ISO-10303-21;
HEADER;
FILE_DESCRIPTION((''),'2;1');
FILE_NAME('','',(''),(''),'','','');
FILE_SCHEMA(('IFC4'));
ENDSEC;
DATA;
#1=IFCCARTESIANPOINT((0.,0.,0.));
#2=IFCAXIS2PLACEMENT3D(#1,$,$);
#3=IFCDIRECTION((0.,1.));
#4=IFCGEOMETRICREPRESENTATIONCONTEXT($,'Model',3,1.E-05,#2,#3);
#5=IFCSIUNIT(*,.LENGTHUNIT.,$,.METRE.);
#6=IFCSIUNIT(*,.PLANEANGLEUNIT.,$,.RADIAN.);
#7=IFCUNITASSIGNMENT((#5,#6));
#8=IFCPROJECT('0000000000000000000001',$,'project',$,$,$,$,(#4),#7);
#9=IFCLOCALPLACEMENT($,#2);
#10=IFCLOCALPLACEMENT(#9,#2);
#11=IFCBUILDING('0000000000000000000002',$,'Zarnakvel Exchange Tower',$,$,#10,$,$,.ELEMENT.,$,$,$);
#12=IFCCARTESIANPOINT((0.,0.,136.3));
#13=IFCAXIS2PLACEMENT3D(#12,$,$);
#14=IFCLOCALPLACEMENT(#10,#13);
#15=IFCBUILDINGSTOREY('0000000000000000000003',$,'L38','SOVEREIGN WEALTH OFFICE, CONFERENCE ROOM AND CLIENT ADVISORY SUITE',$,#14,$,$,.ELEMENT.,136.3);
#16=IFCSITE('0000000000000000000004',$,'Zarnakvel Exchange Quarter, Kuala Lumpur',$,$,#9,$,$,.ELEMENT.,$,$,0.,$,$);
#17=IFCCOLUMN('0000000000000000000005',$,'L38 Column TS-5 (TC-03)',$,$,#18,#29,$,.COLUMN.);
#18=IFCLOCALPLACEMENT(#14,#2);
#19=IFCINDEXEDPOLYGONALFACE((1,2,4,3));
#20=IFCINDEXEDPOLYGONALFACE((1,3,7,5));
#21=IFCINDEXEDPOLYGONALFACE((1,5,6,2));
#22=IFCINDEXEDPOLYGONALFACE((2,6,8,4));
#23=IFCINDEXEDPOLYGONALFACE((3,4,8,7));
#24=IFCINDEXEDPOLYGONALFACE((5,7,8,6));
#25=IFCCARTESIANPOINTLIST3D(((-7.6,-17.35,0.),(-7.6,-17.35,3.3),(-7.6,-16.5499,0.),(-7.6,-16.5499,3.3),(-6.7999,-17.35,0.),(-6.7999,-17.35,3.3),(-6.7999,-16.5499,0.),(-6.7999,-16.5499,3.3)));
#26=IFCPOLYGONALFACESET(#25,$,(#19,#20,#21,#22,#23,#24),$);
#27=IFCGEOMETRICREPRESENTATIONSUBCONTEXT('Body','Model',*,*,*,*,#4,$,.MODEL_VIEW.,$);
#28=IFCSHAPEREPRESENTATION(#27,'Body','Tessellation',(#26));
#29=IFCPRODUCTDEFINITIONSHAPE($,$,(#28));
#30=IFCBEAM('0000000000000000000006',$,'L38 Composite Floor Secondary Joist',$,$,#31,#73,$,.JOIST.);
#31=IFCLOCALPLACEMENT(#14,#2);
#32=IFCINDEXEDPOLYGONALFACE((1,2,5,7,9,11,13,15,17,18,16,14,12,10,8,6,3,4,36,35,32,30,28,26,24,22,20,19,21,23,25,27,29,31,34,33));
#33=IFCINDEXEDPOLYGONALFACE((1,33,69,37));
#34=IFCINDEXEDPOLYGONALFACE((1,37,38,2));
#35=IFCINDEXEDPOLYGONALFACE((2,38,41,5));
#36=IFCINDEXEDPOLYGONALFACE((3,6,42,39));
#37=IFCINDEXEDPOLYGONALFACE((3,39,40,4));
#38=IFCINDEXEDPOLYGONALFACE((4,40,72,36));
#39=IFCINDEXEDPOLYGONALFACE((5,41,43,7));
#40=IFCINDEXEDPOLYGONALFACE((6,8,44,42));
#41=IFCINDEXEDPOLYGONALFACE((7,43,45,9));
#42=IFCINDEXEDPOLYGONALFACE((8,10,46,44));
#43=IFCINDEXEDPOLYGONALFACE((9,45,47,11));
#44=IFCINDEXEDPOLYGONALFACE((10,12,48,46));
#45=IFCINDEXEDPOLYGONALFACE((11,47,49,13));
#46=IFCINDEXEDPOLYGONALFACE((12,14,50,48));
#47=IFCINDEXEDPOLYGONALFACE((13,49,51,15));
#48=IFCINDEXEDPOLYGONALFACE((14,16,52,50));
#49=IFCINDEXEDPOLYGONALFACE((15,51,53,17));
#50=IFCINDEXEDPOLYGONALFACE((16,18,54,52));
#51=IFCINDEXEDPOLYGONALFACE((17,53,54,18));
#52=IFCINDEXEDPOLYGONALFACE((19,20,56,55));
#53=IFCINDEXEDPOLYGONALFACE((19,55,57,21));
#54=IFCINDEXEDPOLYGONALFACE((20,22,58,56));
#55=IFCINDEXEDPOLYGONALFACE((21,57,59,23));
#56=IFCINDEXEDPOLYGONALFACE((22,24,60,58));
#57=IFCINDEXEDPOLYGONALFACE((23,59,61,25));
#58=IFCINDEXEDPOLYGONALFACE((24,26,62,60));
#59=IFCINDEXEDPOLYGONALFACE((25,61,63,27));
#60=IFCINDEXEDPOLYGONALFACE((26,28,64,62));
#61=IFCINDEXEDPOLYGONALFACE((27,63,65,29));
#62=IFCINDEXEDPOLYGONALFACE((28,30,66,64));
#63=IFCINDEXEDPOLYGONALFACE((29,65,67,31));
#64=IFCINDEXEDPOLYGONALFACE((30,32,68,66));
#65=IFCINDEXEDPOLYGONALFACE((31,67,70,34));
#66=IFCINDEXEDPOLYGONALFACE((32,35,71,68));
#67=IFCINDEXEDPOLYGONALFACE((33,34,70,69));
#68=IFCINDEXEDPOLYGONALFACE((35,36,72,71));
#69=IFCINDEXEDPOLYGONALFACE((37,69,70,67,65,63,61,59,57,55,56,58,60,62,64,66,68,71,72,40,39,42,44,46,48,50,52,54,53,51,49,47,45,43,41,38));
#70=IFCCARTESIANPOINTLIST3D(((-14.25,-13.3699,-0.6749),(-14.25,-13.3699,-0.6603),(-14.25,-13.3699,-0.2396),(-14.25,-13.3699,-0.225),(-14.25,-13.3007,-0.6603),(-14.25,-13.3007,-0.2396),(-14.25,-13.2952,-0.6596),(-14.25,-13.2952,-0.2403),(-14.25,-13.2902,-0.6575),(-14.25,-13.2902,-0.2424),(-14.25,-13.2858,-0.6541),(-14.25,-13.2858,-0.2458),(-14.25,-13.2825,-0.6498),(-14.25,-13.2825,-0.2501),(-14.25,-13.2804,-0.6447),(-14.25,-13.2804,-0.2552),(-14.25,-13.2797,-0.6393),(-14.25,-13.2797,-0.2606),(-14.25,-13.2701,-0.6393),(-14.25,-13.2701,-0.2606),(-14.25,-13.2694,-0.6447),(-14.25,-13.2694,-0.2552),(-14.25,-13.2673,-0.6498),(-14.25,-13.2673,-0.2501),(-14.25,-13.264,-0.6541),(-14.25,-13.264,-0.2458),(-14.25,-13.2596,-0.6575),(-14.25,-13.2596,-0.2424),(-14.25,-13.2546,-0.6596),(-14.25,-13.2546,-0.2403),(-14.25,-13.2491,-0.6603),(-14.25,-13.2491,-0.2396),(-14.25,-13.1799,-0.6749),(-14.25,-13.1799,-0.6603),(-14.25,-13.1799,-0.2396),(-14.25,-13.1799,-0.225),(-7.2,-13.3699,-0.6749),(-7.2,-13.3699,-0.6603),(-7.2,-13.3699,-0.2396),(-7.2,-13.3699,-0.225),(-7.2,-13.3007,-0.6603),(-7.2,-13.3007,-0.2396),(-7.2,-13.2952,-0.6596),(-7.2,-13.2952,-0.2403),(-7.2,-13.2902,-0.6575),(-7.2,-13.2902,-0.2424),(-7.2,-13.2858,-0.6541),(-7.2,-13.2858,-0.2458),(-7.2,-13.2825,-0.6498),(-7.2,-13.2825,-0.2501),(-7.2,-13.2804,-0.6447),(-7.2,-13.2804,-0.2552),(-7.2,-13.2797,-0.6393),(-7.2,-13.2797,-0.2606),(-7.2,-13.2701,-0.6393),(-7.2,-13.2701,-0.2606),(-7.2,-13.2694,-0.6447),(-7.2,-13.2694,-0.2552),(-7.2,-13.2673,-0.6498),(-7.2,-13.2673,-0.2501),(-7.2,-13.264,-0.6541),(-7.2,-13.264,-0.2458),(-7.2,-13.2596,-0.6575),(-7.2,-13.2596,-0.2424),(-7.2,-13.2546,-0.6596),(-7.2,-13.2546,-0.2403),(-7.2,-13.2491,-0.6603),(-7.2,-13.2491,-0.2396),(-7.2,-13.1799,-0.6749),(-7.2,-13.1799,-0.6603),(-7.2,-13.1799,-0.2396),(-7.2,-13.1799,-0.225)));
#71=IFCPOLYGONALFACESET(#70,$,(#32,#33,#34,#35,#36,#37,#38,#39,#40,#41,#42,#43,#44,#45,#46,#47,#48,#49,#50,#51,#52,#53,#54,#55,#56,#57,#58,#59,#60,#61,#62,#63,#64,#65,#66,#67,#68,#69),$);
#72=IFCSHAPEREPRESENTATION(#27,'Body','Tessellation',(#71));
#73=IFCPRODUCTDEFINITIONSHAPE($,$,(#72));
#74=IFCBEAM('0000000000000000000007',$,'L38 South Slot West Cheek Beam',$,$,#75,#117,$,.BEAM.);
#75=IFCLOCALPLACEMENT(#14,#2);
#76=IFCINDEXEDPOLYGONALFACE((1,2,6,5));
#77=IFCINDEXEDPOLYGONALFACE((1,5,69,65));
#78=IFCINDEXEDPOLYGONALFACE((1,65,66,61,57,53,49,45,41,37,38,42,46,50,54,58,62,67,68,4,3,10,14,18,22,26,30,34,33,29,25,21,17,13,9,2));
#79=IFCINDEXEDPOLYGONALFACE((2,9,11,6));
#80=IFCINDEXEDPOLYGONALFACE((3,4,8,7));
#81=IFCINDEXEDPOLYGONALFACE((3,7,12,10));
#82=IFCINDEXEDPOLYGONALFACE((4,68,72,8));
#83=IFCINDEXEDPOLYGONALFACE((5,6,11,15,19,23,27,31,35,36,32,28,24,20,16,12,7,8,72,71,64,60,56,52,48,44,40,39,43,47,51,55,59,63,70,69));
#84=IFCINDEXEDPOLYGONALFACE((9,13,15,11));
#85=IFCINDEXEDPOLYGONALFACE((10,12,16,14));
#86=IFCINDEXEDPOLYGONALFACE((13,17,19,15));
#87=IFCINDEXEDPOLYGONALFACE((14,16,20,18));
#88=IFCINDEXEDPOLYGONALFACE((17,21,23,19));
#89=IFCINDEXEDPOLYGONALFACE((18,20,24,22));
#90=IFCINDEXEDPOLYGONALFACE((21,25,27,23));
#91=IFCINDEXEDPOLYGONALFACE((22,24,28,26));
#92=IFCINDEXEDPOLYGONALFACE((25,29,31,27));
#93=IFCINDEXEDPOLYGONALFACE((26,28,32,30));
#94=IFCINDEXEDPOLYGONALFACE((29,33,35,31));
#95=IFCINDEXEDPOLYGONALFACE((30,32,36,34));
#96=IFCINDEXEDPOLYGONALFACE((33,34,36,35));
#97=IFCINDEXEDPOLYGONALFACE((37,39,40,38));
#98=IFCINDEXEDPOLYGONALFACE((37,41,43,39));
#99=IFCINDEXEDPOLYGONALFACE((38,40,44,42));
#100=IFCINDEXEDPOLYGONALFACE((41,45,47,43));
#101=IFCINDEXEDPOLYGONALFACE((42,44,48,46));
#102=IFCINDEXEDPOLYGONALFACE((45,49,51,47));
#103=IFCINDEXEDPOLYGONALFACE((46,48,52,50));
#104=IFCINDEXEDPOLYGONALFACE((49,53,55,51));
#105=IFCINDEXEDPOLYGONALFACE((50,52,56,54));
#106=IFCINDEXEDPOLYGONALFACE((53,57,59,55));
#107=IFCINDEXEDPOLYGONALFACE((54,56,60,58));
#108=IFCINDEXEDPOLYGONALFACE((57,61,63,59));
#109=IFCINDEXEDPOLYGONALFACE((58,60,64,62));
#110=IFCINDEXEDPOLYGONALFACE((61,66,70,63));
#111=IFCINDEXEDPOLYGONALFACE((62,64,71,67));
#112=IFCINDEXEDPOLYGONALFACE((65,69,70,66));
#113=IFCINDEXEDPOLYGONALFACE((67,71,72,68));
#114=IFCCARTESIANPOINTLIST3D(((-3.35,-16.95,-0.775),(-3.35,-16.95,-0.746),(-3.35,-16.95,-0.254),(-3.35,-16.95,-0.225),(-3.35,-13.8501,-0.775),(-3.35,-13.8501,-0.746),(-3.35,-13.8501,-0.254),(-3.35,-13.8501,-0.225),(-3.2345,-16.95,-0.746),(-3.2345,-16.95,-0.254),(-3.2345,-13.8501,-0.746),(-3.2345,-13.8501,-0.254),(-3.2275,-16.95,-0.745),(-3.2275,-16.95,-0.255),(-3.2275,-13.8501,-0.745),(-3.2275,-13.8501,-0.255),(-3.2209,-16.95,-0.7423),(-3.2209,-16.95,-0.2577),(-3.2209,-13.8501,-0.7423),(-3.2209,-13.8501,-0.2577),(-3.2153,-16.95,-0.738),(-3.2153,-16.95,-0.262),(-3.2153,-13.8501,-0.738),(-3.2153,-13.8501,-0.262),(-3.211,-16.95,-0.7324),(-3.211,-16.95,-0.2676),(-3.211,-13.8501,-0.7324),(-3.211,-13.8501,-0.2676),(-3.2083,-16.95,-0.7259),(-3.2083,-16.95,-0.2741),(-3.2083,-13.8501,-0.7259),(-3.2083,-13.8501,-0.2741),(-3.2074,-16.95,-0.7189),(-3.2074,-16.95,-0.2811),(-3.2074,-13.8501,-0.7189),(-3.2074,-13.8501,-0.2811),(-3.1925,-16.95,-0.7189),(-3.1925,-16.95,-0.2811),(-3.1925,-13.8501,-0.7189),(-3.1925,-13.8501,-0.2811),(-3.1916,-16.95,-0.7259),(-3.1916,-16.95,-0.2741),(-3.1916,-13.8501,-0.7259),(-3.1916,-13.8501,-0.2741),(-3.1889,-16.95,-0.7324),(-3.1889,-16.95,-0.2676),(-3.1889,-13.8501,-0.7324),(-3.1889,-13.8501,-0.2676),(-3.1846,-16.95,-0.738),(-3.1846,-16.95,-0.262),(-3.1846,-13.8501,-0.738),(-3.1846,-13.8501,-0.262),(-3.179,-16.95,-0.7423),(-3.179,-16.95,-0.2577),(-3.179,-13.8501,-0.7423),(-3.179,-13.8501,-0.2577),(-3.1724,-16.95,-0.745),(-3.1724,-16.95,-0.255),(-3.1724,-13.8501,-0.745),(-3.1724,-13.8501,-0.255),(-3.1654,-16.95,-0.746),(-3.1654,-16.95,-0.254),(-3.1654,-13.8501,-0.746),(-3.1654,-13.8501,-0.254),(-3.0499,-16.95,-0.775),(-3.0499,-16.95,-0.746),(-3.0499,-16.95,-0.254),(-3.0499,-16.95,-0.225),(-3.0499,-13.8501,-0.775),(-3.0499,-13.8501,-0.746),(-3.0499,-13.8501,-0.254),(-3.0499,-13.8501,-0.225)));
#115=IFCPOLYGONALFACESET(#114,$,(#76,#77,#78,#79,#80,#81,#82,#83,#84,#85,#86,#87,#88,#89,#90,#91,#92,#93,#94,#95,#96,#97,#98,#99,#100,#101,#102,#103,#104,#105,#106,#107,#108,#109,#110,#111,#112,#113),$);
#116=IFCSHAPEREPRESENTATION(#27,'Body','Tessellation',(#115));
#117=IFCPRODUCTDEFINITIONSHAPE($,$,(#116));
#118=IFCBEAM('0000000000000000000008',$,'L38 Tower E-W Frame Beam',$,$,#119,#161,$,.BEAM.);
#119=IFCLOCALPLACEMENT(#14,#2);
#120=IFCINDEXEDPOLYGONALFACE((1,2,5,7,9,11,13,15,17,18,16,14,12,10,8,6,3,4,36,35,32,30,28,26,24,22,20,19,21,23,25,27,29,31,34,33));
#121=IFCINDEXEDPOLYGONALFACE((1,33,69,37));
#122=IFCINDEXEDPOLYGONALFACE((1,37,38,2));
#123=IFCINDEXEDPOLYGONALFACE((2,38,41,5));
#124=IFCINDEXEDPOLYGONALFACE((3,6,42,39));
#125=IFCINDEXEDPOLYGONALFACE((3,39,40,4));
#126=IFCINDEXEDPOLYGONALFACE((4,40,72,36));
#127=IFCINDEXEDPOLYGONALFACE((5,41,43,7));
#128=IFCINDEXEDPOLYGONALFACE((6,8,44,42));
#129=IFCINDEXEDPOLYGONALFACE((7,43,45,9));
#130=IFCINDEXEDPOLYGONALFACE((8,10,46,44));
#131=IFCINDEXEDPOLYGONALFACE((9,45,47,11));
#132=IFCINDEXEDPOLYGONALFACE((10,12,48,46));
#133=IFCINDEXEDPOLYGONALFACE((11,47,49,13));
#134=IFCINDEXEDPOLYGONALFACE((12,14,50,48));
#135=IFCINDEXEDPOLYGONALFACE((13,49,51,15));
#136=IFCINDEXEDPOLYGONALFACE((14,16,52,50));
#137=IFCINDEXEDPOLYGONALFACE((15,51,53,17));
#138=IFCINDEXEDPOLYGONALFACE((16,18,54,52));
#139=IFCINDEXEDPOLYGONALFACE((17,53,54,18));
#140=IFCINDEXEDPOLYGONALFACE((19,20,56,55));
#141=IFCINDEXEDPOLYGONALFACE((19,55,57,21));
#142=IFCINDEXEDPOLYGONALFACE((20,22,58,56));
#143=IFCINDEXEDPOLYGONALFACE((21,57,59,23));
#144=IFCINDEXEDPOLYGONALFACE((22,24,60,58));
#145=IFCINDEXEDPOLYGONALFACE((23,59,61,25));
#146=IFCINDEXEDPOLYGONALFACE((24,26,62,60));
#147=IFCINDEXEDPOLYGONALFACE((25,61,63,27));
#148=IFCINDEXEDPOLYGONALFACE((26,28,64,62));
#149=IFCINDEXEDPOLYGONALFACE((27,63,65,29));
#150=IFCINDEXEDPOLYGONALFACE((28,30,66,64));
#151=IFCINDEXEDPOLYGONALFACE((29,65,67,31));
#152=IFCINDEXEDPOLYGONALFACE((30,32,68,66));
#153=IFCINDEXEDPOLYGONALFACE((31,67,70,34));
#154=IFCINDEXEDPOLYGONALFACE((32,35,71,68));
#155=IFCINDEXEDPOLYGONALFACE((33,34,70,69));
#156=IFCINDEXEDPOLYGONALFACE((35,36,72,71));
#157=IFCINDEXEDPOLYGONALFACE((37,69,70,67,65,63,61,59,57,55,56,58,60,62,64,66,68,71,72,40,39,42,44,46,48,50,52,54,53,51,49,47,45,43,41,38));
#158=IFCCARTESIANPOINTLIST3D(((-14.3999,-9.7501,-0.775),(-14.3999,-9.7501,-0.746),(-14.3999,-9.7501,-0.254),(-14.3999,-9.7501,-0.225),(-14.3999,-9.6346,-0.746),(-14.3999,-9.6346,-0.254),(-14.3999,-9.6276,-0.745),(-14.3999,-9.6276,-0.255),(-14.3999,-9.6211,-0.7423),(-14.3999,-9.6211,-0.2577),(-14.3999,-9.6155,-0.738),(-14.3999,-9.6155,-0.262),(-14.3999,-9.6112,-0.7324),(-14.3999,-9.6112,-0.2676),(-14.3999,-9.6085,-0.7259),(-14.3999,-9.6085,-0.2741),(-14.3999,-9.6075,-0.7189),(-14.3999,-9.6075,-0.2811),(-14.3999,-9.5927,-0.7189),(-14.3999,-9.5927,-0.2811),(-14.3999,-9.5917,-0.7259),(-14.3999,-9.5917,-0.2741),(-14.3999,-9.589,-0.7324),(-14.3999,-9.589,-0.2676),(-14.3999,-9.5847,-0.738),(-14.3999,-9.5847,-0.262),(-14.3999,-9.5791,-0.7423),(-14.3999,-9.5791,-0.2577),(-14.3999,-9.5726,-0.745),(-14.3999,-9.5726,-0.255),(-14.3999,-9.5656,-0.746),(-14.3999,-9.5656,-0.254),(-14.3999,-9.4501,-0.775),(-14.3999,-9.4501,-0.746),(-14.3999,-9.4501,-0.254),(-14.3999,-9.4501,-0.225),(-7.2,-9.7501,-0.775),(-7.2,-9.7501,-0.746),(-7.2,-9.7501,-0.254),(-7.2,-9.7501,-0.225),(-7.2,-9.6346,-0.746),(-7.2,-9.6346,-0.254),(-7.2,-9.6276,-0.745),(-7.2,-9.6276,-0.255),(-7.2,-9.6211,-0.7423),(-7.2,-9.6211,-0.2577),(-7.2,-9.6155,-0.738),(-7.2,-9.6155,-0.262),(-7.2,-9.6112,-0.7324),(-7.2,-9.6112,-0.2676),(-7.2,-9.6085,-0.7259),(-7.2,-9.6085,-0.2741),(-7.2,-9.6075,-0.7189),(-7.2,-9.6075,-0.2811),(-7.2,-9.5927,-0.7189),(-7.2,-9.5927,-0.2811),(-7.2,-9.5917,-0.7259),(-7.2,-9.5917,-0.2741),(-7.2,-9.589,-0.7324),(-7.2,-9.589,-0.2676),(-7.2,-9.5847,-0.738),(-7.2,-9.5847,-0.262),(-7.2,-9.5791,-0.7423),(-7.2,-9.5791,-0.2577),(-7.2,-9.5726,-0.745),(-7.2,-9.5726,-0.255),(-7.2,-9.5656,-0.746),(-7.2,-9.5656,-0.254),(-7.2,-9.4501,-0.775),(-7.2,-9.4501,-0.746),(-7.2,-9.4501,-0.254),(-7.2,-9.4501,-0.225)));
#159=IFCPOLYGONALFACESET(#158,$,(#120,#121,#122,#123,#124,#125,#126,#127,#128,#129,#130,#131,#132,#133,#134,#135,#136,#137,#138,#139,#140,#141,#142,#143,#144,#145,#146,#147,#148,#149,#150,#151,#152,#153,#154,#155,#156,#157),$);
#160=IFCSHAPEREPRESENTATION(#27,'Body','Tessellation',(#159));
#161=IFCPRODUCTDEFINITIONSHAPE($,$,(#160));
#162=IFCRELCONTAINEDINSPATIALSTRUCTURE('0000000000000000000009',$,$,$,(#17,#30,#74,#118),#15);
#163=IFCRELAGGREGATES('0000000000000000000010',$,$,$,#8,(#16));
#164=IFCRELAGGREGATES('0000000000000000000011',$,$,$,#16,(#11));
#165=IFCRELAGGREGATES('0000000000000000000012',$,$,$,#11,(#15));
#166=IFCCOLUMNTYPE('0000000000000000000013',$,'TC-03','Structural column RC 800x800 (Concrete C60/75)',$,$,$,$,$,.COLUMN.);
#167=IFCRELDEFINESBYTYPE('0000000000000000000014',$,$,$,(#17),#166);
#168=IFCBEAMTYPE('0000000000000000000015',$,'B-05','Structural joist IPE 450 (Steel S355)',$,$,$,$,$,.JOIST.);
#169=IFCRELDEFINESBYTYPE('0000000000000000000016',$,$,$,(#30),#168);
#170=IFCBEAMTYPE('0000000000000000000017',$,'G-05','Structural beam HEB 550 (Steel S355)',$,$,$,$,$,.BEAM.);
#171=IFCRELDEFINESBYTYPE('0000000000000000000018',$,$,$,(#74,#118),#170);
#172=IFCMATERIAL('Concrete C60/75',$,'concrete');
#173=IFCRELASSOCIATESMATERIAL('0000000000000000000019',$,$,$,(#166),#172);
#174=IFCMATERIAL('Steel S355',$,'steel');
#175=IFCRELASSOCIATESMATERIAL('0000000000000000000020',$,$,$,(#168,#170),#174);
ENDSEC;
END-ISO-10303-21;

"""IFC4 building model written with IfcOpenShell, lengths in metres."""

from ifc_helpers import new_model, si_unit, direction, frame, origin, origin_2d, place, context, subcontext, project, spatial, rectangle, i_section, extrude, material, material_profile, profile_set, type_object, element, save


model = new_model("IFC4")

# Units and contexts
model_context = context("Model", 3, precision=1e-05, world=origin(), true_north=direction((0.0, 1.0)))
body_context = subcontext(model_context, "Body", "Model", "MODEL_VIEW")
ifc_project = project(units=[si_unit("LENGTHUNIT", "METRE"), si_unit("PLANEANGLEUNIT", "RADIAN")], contexts=[model_context])

# Site, building, storey
site_placement = place(None, origin())
site = spatial("IfcSite", under=ifc_project, at=site_placement, Name="Zarnakvel Exchange Quarter, Kuala Lumpur", CompositionType="ELEMENT", RefElevation=0.0)
building_placement = place(site_placement, origin())
building = spatial("IfcBuilding", under=site, at=building_placement, Name="Zarnakvel Exchange Tower", CompositionType="ELEMENT")
storey_placement = place(building_placement, frame((0.0, 0.0, 136.3)))
storey = spatial("IfcBuildingStorey", under=building, at=storey_placement, Name="L38", Description="SOVEREIGN WEALTH OFFICE, CONFERENCE ROOM AND CLIENT ADVISORY SUITE", CompositionType="ELEMENT", Elevation=136.3)

# Column
ifc_material_1 = material(Name="Concrete C60/75", Category="concrete")
ifc_material_profile_1 = material_profile(ifc_material_1, rectangle(XDim=0.8, YDim=0.8, at=origin_2d()))
ifc_profile_set_1 = profile_set([ifc_material_profile_1], Name="Concrete C60/75")
column_type = type_object("IfcColumnType", Name="TC-03", Description="Structural column RC 800x800 (Concrete C60/75)", PredefinedType="COLUMN", material=ifc_profile_set_1)
column_placement = place(storey_placement, frame((-7.2, -16.95, 0.0), z_axis=(0.0, 0.0, 1.0), x_axis=(1.0, 0.0, 0.0)))
element("IfcColumn", 1, at=column_placement, inside=storey, type_object=column_type, Name="L38 Column TS-5 (TC-03)", PredefinedType="COLUMN", context=body_context, shape_type="SweptSolid", body=[
    extrude(rectangle(XDim=0.8, YDim=0.8, at=origin_2d()), origin(), (0.0, 0.0, 1.0), 3.3),
])

# Beams
ifc_material_2 = material(Name="Steel S355", Category="steel")
ifc_material_profile_2 = material_profile(ifc_material_2, i_section(OverallWidth=0.1899, OverallDepth=0.45, WebThickness=0.0095, FlangeThickness=0.0146, FilletRadius=0.021, at=origin_2d()))
ifc_profile_set_2 = profile_set([ifc_material_profile_2], Name="Steel S355")
beam_type_1 = type_object("IfcBeamType", Name="B-05", Description="Structural joist IPE 450 (Steel S355)", PredefinedType="JOIST", material=ifc_profile_set_2)
beam_1_placement = place(storey_placement, frame((-14.25, -13.2749, -0.45), z_axis=(1.0, 0.0, 0.0), x_axis=(0.0, 1.0, 0.0)))
element("IfcBeam", 2, at=beam_1_placement, inside=storey, type_object=beam_type_1, Name="L38 Composite Floor Secondary Joist", PredefinedType="JOIST", context=body_context, shape_type="SweptSolid", body=[
    extrude(i_section(OverallWidth=0.1899, OverallDepth=0.45, WebThickness=0.0095, FlangeThickness=0.0146, FilletRadius=0.021, at=origin_2d()), origin(), (0.0, 0.0, 1.0), 7.05),
])
ifc_material_profile_3 = material_profile(ifc_material_2, i_section(OverallWidth=0.3, OverallDepth=0.55, WebThickness=0.0149, FlangeThickness=0.0291, FilletRadius=0.0271, at=origin_2d()))
ifc_profile_set_3 = profile_set([ifc_material_profile_3], Name="Steel S355")
beam_type_2 = type_object("IfcBeamType", Name="G-05", Description="Structural beam HEB 550 (Steel S355)", PredefinedType="BEAM", material=ifc_profile_set_3)
beam_2_placement = place(storey_placement, frame((-3.2, -16.95, -0.5), z_axis=(0.0, 1.0, 0.0), x_axis=(-1.0, 0.0, 0.0)))
element("IfcBeam", 3, at=beam_2_placement, inside=storey, type_object=beam_type_2, Name="L38 South Slot West Cheek Beam", PredefinedType="BEAM", context=body_context, shape_type="SweptSolid", body=[
    extrude(i_section(OverallWidth=0.3, OverallDepth=0.55, WebThickness=0.0149, FlangeThickness=0.0291, FilletRadius=0.0271, at=origin_2d()), origin(), (0.0, 0.0, 1.0), 3.0999),
])
beam_3_placement = place(storey_placement, frame((-14.3999, -9.6001, -0.5), z_axis=(1.0, 0.0, 0.0), x_axis=(0.0, 1.0, 0.0)))
element("IfcBeam", 4, at=beam_3_placement, inside=storey, type_object=beam_type_2, Name="L38 Tower E-W Frame Beam", PredefinedType="BEAM", context=body_context, shape_type="SweptSolid", body=[
    extrude(i_section(OverallWidth=0.3, OverallDepth=0.55, WebThickness=0.0149, FlangeThickness=0.0291, FilletRadius=0.0271, at=origin_2d()), origin(), (0.0, 0.0, 1.0), 7.2),
])

save(model, "model.ifc")
